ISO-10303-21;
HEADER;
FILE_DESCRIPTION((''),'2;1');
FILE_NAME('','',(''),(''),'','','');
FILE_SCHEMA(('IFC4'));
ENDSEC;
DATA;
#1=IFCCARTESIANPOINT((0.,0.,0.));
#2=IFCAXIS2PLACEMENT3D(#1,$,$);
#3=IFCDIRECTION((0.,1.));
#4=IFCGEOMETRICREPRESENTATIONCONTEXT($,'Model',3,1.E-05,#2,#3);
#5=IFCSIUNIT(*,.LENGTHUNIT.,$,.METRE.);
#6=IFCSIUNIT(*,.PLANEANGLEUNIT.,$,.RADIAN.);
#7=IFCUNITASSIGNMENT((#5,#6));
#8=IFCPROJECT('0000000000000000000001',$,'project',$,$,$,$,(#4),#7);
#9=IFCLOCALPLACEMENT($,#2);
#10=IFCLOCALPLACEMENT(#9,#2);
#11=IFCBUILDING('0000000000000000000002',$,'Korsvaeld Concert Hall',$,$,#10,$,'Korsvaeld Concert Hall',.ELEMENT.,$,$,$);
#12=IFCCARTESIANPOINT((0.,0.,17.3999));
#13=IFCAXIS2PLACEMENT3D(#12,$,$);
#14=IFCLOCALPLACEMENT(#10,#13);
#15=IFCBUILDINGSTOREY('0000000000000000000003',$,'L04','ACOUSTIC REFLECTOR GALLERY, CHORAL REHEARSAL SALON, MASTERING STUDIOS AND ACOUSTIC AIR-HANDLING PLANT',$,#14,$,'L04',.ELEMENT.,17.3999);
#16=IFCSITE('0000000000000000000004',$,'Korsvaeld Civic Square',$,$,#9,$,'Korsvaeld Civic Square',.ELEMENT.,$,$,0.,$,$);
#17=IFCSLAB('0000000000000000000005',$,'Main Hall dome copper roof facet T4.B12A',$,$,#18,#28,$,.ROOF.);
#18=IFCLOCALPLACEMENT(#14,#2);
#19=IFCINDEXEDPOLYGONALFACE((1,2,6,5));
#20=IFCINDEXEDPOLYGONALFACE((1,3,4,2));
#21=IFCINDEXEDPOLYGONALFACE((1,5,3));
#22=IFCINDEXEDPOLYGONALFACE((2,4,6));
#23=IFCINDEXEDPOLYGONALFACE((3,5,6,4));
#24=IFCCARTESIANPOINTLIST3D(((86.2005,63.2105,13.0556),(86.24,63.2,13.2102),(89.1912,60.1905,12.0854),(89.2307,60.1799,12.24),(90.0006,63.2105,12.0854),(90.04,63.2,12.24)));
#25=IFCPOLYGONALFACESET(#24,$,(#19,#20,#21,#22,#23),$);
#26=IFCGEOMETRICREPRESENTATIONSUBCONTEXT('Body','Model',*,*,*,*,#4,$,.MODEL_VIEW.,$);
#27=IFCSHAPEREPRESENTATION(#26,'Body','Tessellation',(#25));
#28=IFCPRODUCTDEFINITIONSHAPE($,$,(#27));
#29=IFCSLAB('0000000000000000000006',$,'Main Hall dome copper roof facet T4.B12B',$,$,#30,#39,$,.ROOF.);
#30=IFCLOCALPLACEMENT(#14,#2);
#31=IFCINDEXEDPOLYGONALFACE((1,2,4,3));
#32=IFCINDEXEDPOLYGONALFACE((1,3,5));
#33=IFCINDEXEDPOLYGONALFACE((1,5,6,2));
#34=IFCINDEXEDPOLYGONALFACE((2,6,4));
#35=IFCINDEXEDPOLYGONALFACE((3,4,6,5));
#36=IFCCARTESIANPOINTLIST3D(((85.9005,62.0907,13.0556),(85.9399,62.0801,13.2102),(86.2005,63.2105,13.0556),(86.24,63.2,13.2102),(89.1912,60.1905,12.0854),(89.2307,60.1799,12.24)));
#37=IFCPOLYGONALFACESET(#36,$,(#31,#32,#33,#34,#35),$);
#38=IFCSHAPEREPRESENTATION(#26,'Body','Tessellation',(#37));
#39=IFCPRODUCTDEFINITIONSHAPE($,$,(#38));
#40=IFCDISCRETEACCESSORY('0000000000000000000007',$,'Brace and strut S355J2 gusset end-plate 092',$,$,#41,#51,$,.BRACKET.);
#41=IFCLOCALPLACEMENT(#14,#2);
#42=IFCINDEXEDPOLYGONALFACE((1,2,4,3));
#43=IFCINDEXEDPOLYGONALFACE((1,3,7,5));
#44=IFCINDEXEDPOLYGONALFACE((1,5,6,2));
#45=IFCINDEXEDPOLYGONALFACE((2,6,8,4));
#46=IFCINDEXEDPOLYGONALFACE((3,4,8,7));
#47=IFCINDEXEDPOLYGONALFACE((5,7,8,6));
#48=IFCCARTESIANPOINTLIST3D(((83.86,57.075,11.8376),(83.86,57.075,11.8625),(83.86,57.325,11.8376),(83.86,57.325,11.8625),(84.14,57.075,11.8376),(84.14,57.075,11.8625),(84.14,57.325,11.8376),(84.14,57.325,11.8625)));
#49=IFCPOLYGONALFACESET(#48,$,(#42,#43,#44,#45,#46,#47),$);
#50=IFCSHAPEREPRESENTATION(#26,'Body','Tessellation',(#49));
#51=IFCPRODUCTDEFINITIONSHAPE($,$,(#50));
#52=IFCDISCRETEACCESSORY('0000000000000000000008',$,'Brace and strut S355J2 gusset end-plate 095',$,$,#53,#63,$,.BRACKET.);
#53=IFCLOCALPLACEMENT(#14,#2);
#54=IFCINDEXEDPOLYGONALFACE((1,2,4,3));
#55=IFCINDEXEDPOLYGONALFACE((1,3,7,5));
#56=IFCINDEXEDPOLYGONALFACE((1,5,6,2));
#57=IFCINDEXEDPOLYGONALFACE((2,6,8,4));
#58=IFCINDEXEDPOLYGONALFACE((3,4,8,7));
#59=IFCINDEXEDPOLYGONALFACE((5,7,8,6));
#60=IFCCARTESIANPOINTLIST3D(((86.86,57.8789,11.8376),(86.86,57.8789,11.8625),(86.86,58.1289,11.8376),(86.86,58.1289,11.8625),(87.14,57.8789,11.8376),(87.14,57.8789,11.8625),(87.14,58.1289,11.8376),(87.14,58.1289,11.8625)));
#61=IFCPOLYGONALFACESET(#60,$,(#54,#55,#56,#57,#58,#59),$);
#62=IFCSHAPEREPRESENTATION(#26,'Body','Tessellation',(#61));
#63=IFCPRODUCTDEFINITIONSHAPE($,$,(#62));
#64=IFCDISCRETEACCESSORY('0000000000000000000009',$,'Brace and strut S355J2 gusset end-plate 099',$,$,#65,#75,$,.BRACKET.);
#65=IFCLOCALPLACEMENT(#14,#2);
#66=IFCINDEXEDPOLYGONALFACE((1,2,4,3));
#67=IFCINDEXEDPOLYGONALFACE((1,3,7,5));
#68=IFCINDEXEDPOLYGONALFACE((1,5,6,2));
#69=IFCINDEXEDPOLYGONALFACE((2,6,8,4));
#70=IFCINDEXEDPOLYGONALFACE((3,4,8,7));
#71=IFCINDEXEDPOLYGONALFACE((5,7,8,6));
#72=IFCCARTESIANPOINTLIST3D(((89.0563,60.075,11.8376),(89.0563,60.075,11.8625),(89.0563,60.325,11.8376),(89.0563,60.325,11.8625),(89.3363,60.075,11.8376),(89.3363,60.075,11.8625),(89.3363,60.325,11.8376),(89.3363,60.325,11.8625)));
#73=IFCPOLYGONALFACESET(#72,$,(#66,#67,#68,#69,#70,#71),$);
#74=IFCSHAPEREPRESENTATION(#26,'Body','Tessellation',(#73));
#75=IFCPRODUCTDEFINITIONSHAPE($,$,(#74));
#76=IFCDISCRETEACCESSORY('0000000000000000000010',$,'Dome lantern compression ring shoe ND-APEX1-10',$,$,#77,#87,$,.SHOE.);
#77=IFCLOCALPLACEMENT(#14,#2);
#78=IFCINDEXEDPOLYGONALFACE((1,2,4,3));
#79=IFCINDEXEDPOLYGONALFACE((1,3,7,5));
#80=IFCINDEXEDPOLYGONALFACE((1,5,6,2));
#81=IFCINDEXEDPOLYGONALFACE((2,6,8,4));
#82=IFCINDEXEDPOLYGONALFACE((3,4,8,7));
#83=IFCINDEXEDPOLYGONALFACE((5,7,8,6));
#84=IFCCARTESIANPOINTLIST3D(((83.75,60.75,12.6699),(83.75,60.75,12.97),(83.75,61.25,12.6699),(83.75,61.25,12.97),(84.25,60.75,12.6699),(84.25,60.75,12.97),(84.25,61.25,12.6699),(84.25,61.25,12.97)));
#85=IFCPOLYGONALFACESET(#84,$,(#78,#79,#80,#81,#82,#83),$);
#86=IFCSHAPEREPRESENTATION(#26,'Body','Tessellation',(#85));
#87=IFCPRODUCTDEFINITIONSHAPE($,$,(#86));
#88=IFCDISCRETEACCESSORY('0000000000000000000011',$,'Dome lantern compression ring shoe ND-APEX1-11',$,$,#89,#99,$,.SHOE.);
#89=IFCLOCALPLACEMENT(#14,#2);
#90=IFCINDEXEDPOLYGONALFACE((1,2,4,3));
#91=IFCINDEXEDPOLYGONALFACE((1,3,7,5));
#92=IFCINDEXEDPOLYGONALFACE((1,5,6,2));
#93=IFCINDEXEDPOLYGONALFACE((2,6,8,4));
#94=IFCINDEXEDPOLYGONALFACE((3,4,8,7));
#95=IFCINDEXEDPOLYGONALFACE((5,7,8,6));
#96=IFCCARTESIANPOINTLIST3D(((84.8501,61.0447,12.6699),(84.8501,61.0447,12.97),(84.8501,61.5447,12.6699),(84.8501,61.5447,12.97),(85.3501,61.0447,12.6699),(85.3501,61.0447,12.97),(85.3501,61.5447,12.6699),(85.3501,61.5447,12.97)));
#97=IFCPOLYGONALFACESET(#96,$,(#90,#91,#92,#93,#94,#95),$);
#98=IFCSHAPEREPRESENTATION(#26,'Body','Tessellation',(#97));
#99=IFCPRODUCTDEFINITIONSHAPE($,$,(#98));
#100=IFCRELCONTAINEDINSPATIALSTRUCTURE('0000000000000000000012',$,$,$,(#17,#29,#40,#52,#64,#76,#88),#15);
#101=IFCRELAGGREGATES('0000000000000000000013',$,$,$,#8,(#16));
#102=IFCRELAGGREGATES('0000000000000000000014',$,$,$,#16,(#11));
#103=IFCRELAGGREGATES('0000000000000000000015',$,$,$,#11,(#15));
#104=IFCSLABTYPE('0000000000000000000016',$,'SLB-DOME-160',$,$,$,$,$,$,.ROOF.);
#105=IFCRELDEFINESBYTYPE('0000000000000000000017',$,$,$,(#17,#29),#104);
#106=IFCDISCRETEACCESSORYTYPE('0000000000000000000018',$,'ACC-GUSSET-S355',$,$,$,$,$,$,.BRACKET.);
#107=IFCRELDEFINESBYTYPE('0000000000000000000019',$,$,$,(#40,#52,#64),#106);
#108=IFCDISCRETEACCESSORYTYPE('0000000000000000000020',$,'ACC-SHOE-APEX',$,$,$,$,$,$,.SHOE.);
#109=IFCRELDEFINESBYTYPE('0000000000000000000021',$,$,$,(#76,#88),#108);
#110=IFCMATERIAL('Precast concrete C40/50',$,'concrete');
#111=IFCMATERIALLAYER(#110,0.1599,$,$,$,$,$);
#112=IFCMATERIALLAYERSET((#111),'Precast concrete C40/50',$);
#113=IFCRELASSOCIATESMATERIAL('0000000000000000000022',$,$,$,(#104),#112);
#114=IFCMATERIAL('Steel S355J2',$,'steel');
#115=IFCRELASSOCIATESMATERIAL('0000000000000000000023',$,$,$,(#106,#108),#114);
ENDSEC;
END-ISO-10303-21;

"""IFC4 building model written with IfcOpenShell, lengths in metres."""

from ifc_helpers import new_model, si_unit, direction, frame, origin, origin_2d, place, context, subcontext, project, spatial, polyline, rectangle, outline, extrude, material, layer, layer_set, type_object, element, save


model = new_model("IFC4")

# Units and contexts
model_context = context("Model", 3, precision=1e-05, world=origin(), true_north=direction((0.0, 1.0)))
body_context = subcontext(model_context, "Body", "Model", "MODEL_VIEW")
ifc_project = project(units=[si_unit("LENGTHUNIT", "METRE"), si_unit("PLANEANGLEUNIT", "RADIAN")], contexts=[model_context])

# Site, building, storey
site_placement = place(None, origin())
site = spatial("IfcSite", under=ifc_project, at=site_placement, Name="Korsvaeld Civic Square", LongName="Korsvaeld Civic Square", CompositionType="ELEMENT", RefElevation=0.0)
building_placement = place(site_placement, origin())
building = spatial("IfcBuilding", under=site, at=building_placement, Name="Korsvaeld Concert Hall", LongName="Korsvaeld Concert Hall", CompositionType="ELEMENT")
storey_placement = place(building_placement, frame((0.0, 0.0, 17.3999)))
storey = spatial("IfcBuildingStorey", under=building, at=storey_placement, Name="L04", Description="ACOUSTIC REFLECTOR GALLERY, CHORAL REHEARSAL SALON, MASTERING STUDIOS AND ACOUSTIC AIR-HANDLING PLANT", LongName="L04", CompositionType="ELEMENT", Elevation=17.3999)

# Shared definitions
ifc_material_1 = material(Name="Steel S355J2", Category="steel")

# Slabs
ifc_material_2 = material(Name="Precast concrete C40/50", Category="concrete")
ifc_layer = layer(ifc_material_2, 0.1599)
ifc_layer_set = layer_set([ifc_layer], Name="Precast concrete C40/50")
slab_type = type_object("IfcSlabType", Name="SLB-DOME-160", PredefinedType="ROOF", material=ifc_layer_set)
slab_1_placement = place(storey_placement, frame((89.2307, 60.1799, 12.24), z_axis=(0.246839, -0.06615, 0.966796), x_axis=(0.258853, 0.965917, 0.0)))
element("IfcSlab", 1, at=slab_1_placement, inside=storey, type_object=slab_type, Name="Main Hall dome copper roof facet T4.B12A", PredefinedType="ROOF", context=body_context, shape_type="SweptSolid", body=[
    extrude(outline(polyline([(0.0, 0.0), (3.1266, 0.0), (2.1429, 3.7966), (0.0, 0.0)])), origin(), (0.0, 0.0, -1.0), 0.1599),
])
slab_2_placement = place(storey_placement, frame((89.2307, 60.1799, 12.24), z_axis=(0.246849, -0.066139, 0.966794), x_axis=(-0.686006, 0.692726, 0.222546)))
element("IfcSlab", 2, at=slab_2_placement, inside=storey, type_object=slab_type, Name="Main Hall dome copper roof facet T4.B12B", PredefinedType="ROOF", context=body_context, shape_type="SweptSolid", body=[
    extrude(outline(polyline([(0.0, 0.0), (4.3596, 0.0), (3.7897, 1.0096), (0.0, 0.0)])), origin(), (0.0, 0.0, -1.0), 0.1599),
])

# Discrete accessories
discrete_accessory_type_1 = type_object("IfcDiscreteAccessoryType", Name="ACC-GUSSET-S355", PredefinedType="BRACKET", material=ifc_material_1)
for number, where, z_axis, x_axis, name in (
    (3, (84.0, 57.2, 11.8376), (0.0, 0.0, 1.0), (1.0, 0.0, 0.0), "Brace and strut S355J2 gusset end-plate 092"),
    (4, (87.0, 58.0039, 11.8376), (0.0, 0.0, 1.0), (1.0, 0.0, 0.0), "Brace and strut S355J2 gusset end-plate 095"),
    (5, (89.1963, 60.2, 11.8376), (0.0, 0.0, 1.0), (1.0, 0.0, 0.0), "Brace and strut S355J2 gusset end-plate 099"),
):
    element("IfcDiscreteAccessory", number, at=place(storey_placement, frame(where, z_axis=z_axis, x_axis=x_axis)), inside=storey, type_object=discrete_accessory_type_1, Name=name, PredefinedType="BRACKET", context=body_context, shape_type="SweptSolid", body=[
        extrude(rectangle(XDim=0.28, YDim=0.25, at=origin_2d()), origin(), (0.0, 0.0, 1.0), 0.0249),
    ])
discrete_accessory_type_2 = type_object("IfcDiscreteAccessoryType", Name="ACC-SHOE-APEX", PredefinedType="SHOE", material=ifc_material_1)
for number, where, z_axis, x_axis, name in (
    (6, (84.0, 61.0, 12.6699), (0.0, 0.0, 1.0), (1.0, 0.0, 0.0), "Dome lantern compression ring shoe ND-APEX1-10"),
    (7, (85.1001, 61.2947, 12.6699), (0.0, 0.0, 1.0), (1.0, 0.0, 0.0), "Dome lantern compression ring shoe ND-APEX1-11"),
):
    element("IfcDiscreteAccessory", number, at=place(storey_placement, frame(where, z_axis=z_axis, x_axis=x_axis)), inside=storey, type_object=discrete_accessory_type_2, Name=name, PredefinedType="SHOE", context=body_context, shape_type="SweptSolid", body=[
        extrude(rectangle(XDim=0.5, YDim=0.5, at=origin_2d()), origin(), (0.0, 0.0, 1.0), 0.3),
    ])

save(model, "model.ifc")
